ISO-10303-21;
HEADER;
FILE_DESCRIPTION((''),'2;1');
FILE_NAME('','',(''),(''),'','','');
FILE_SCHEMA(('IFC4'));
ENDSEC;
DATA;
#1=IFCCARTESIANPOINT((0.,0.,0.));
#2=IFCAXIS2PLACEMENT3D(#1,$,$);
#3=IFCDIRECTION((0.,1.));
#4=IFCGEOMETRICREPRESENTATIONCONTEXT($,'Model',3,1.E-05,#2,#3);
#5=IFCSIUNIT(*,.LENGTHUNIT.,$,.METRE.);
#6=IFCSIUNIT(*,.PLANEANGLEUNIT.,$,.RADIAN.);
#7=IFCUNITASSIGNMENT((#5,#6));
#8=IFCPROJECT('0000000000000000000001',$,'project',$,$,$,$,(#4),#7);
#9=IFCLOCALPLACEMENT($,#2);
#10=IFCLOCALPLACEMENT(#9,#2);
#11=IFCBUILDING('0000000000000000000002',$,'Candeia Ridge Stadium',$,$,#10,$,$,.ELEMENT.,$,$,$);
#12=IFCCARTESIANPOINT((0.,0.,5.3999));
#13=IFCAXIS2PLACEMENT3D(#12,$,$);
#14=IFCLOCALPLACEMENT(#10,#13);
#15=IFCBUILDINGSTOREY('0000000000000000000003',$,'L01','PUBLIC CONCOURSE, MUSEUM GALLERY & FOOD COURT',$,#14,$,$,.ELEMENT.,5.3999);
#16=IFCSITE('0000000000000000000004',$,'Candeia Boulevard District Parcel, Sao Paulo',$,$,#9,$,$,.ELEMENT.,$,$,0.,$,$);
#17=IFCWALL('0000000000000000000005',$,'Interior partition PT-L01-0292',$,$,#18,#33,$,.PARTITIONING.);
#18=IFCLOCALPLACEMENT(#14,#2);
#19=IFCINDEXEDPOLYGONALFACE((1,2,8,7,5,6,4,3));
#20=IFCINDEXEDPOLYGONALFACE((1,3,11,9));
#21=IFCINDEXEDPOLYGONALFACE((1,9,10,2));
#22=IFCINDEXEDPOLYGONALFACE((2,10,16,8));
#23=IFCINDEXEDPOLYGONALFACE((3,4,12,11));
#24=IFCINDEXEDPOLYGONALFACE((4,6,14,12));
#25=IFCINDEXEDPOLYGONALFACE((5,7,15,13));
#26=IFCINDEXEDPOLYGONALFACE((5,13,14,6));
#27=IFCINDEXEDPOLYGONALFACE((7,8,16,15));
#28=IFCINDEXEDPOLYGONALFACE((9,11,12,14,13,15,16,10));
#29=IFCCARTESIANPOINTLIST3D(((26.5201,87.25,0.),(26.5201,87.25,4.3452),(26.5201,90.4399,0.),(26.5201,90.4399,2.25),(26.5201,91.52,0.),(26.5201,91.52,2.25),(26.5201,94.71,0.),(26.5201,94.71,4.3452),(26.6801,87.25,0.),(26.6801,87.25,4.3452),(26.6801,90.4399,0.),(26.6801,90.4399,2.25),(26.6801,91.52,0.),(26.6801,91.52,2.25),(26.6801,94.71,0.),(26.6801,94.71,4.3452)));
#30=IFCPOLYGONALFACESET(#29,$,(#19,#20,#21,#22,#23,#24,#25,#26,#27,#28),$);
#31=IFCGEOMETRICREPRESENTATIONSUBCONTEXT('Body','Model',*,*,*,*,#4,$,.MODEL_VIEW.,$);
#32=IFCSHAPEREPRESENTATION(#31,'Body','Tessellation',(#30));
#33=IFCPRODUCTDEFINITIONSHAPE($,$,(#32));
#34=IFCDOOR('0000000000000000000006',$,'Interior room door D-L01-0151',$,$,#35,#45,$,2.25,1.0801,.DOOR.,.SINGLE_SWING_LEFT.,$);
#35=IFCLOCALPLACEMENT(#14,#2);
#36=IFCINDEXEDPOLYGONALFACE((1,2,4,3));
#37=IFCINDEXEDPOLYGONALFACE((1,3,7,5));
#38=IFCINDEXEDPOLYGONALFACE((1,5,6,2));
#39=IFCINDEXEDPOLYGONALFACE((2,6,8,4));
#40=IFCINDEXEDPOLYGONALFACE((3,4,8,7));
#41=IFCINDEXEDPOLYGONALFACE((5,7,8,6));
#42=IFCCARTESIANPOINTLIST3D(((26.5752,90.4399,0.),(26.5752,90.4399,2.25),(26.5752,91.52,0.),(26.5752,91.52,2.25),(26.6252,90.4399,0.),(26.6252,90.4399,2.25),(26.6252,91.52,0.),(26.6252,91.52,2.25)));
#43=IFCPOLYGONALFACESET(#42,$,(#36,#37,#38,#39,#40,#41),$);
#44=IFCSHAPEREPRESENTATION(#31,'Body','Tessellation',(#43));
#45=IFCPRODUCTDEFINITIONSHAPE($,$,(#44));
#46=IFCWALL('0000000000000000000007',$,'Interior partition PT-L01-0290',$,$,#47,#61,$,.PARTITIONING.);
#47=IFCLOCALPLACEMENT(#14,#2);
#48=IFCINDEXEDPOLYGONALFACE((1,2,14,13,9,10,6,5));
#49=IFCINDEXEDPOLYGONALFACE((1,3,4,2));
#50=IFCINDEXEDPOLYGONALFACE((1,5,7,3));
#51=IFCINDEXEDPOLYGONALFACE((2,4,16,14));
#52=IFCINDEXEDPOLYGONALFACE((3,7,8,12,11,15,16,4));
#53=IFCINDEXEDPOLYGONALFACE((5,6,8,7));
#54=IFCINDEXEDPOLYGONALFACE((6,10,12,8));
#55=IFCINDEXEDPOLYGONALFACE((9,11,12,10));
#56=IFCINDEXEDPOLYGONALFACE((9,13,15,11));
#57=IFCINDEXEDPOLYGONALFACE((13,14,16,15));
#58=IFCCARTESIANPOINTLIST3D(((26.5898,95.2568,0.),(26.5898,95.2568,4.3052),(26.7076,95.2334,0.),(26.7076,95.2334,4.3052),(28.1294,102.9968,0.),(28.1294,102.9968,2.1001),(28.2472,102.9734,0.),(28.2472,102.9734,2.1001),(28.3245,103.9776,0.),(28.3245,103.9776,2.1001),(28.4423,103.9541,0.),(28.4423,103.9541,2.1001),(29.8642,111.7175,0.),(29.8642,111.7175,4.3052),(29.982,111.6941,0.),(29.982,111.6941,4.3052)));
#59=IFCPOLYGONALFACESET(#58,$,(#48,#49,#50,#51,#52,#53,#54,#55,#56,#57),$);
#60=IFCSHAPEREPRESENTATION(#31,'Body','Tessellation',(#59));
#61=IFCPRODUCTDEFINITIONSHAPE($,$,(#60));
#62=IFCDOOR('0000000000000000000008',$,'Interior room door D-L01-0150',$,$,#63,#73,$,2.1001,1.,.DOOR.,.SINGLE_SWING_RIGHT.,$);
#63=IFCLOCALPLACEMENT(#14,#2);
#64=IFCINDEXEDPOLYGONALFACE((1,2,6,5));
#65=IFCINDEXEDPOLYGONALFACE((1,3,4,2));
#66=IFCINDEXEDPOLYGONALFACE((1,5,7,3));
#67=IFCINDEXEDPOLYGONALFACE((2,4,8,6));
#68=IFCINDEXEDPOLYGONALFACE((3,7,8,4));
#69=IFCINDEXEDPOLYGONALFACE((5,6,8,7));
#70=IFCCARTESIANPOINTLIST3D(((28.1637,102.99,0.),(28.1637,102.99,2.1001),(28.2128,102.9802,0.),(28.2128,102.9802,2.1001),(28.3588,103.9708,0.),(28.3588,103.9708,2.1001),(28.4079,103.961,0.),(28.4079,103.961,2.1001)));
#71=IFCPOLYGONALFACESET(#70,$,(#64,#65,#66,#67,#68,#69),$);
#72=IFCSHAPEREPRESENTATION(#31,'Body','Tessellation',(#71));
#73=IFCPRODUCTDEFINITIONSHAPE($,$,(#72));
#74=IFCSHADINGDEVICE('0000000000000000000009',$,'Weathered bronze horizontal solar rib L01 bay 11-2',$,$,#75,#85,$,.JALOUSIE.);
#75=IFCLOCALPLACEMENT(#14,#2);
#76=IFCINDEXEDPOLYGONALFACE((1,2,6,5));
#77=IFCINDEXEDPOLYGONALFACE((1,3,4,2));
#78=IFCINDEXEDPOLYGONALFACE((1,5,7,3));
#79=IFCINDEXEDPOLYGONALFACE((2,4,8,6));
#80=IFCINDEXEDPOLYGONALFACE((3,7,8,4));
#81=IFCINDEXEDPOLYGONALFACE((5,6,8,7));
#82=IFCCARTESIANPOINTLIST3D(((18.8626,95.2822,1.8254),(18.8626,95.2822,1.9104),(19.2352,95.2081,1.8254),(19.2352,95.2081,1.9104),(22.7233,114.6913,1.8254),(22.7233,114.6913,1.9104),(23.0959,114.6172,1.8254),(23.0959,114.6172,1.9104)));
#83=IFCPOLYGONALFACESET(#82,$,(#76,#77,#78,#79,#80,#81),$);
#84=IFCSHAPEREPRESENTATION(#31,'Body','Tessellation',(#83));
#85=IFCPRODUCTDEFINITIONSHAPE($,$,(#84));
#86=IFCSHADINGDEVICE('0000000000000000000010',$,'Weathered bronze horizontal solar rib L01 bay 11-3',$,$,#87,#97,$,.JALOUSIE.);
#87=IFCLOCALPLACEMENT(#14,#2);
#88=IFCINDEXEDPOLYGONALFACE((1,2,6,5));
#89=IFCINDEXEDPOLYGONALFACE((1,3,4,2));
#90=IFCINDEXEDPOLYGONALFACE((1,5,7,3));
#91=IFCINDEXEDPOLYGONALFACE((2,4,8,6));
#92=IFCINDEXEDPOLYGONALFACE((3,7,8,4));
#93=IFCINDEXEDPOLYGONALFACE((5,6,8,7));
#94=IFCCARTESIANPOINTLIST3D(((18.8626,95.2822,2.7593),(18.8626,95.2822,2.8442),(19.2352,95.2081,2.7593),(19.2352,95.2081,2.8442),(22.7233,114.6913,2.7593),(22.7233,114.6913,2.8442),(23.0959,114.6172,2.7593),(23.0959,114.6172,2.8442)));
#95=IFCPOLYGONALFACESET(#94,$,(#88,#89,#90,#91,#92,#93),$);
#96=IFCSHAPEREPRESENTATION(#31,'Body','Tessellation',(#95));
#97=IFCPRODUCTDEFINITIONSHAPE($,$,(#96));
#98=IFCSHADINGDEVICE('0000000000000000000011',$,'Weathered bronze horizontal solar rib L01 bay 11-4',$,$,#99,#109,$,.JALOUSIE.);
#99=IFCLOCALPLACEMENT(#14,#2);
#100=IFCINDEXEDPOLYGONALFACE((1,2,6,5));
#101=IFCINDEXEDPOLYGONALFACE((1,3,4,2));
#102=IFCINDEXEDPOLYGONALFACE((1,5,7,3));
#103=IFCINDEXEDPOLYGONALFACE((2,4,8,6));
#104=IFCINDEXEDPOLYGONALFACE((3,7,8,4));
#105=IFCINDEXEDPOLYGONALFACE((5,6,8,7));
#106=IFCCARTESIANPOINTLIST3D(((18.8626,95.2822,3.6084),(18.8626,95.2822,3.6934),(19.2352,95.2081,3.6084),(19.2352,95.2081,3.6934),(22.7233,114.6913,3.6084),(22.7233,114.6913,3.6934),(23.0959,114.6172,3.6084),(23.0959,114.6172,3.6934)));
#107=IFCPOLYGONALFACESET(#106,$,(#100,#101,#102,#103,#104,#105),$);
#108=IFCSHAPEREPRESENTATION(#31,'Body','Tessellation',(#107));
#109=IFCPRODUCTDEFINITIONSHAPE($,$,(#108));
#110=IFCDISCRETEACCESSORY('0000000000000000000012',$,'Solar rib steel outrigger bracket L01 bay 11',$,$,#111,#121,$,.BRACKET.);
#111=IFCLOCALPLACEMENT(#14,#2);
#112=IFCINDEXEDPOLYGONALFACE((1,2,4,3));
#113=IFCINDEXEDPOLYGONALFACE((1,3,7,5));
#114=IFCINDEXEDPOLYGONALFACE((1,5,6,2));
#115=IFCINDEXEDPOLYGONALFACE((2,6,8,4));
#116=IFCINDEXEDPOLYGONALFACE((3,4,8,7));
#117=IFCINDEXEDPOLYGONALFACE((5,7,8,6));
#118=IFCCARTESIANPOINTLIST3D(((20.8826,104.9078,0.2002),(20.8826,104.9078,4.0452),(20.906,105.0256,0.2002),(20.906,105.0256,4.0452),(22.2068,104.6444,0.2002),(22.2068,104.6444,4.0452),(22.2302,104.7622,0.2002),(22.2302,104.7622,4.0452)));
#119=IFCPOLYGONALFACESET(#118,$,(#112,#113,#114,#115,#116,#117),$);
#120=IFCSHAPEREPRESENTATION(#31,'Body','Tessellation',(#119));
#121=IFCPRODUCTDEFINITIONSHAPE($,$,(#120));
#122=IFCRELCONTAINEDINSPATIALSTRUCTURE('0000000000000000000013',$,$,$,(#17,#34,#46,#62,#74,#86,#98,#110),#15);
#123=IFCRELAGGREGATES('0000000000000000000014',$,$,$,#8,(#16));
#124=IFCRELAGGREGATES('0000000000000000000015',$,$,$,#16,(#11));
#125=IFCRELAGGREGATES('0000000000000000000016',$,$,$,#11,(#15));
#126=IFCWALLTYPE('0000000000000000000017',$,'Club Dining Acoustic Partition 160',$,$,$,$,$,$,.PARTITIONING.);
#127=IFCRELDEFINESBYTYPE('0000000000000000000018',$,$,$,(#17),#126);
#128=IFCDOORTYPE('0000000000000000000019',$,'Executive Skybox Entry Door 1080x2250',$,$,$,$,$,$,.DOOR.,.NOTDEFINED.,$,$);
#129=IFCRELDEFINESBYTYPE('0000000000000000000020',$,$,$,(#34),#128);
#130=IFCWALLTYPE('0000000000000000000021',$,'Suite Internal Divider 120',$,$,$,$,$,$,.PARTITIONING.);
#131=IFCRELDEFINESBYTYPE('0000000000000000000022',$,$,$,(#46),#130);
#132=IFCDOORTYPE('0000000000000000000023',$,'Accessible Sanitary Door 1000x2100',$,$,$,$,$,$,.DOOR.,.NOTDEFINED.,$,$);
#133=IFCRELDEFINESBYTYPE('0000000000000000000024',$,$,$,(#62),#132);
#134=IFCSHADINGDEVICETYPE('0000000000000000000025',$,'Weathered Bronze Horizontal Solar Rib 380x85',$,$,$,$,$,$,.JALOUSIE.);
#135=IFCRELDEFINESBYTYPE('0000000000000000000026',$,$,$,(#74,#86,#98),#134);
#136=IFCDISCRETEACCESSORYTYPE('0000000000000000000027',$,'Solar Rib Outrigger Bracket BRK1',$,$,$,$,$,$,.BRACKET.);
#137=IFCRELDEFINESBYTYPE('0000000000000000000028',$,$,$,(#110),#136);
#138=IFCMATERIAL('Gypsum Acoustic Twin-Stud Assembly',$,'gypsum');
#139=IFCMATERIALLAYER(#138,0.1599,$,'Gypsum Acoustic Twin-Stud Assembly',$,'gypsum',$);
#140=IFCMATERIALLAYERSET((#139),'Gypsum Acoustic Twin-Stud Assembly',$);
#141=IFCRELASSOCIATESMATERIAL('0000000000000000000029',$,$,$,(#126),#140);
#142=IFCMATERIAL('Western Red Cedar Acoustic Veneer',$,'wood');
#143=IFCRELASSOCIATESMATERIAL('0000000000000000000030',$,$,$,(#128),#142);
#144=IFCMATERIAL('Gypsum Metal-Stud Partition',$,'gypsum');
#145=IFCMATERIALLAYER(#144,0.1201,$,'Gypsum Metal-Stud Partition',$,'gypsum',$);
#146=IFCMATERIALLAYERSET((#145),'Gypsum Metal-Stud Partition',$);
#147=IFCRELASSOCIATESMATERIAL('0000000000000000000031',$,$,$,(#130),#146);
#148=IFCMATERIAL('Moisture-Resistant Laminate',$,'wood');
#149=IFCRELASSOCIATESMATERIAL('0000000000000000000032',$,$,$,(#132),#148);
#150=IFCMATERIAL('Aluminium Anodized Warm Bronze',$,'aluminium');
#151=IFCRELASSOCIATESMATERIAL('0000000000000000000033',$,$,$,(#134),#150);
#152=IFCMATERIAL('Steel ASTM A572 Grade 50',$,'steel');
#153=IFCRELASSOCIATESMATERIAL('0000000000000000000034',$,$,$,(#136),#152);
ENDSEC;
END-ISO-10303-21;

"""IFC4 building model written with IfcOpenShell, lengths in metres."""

from ifc_helpers import new_model, si_unit, direction, frame, frame_2d, origin, origin_2d, place, context, subcontext, project, spatial, rectangle, extrude, material, layer, layer_set, type_object, element, fill, save


model = new_model("IFC4")

# Units and contexts
model_context = context("Model", 3, precision=1e-05, world=origin(), true_north=direction((0.0, 1.0)))
body_context = subcontext(model_context, "Body", "Model", "MODEL_VIEW")
ifc_project = project(units=[si_unit("LENGTHUNIT", "METRE"), si_unit("PLANEANGLEUNIT", "RADIAN")], contexts=[model_context])

# Site, building, storey
site_placement = place(None, origin())
site = spatial("IfcSite", under=ifc_project, at=site_placement, Name="Candeia Boulevard District Parcel, Sao Paulo", CompositionType="ELEMENT", RefElevation=0.0)
building_placement = place(site_placement, origin())
building = spatial("IfcBuilding", under=site, at=building_placement, Name="Candeia Ridge Stadium", CompositionType="ELEMENT")
storey_placement = place(building_placement, frame((0.0, 0.0, 5.3999)))
storey = spatial("IfcBuildingStorey", under=building, at=storey_placement, Name="L01", Description="PUBLIC CONCOURSE, MUSEUM GALLERY & FOOD COURT", CompositionType="ELEMENT", Elevation=5.3999)

# Shared definitions
ifc_material_1 = material(Name="Aluminium Anodized Warm Bronze", Category="aluminium")

# Walls, openings, doors
ifc_material_2 = material(Name="Gypsum Acoustic Twin-Stud Assembly", Category="gypsum")
ifc_layer_1 = layer(ifc_material_2, 0.1599, Name="Gypsum Acoustic Twin-Stud Assembly", Category="gypsum")
ifc_layer_set_1 = layer_set([ifc_layer_1], Name="Gypsum Acoustic Twin-Stud Assembly")
wall_type_1 = type_object("IfcWallType", Name="Club Dining Acoustic Partition 160", PredefinedType="PARTITIONING", material=ifc_layer_set_1)
wall_1_placement = place(storey_placement, frame((26.6001, 87.25, 0.0), z_axis=(0.0, 0.0, 1.0), x_axis=(0.0, 1.0, 0.0)))
wall_1 = element("IfcWall", 1, at=wall_1_placement, inside=storey, type_object=wall_type_1, Name="Interior partition PT-L01-0292", PredefinedType="PARTITIONING", context=body_context, shape_type="SweptSolid", body=[
    extrude(rectangle(XDim=7.46, YDim=0.1599, at=frame_2d((3.73, 0.0))), origin(), (0.0, 0.0, 1.0), 4.3452),
])
opening_1_placement = place(wall_1_placement, frame((3.1899, 0.0, 0.0)))
opening_1 = element("IfcOpeningElement", 2, at=opening_1_placement, cuts=wall_1, PredefinedType="OPENING", context=body_context, shape_type="SweptSolid", body=[
    extrude(rectangle(XDim=1.0801, YDim=2.25, at=frame_2d((0.54, 1.125))), frame((0.0, 0.0898, 0.0), z_axis=(0.0, -1.0, 0.0), x_axis=(1.0, 0.0, 0.0)), (0.0, 0.0, 1.0), 0.1799),
])
ifc_material_3 = material(Name="Western Red Cedar Acoustic Veneer", Category="wood")
door_type_1 = type_object("IfcDoorType", Name="Executive Skybox Entry Door 1080x2250", OperationType="NOTDEFINED", PredefinedType="DOOR", material=ifc_material_3)
door_1_placement = place(opening_1_placement, origin())
door_1 = element("IfcDoor", 3, at=door_1_placement, inside=storey, type_object=door_type_1, Name="Interior room door D-L01-0151", OperationType="SINGLE_SWING_LEFT", OverallHeight=2.25, OverallWidth=1.0801, PredefinedType="DOOR", context=body_context, shape_type="SweptSolid", body=[
    extrude(rectangle(XDim=1.0801, YDim=2.25, at=frame_2d((0.54, 1.125))), frame((0.0, 0.0249, 0.0), z_axis=(0.0, -1.0, 0.0), x_axis=(1.0, 0.0, 0.0)), (0.0, 0.0, 1.0), 0.05),
])
fill(opening_1, door_1)
ifc_material_4 = material(Name="Gypsum Metal-Stud Partition", Category="gypsum")
ifc_layer_2 = layer(ifc_material_4, 0.1201, Name="Gypsum Metal-Stud Partition", Category="gypsum")
ifc_layer_set_2 = layer_set([ifc_layer_2], Name="Gypsum Metal-Stud Partition")
wall_type_2 = type_object("IfcWallType", Name="Suite Internal Divider 120", PredefinedType="PARTITIONING", material=ifc_layer_set_2)
wall_2_placement = place(storey_placement, frame((26.6487, 95.2451, 0.0), z_axis=(0.0, 0.0, 1.0), x_axis=(0.195101, 0.980783, 0.0)))
wall_2 = element("IfcWall", 4, at=wall_2_placement, inside=storey, type_object=wall_type_2, Name="Interior partition PT-L01-0290", PredefinedType="PARTITIONING", context=body_context, shape_type="SweptSolid", body=[
    extrude(rectangle(XDim=16.7832, YDim=0.1201, at=frame_2d((8.3916, 0.0))), origin(), (0.0, 0.0, 1.0), 4.3052),
])
opening_2_placement = place(wall_2_placement, frame((7.8916, 0.0, 0.0)))
opening_2 = element("IfcOpeningElement", 5, at=opening_2_placement, cuts=wall_2, PredefinedType="OPENING", context=body_context, shape_type="SweptSolid", body=[
    extrude(rectangle(XDim=1.0, YDim=2.1001, at=frame_2d((0.5, 1.05))), frame((0.0, 0.0701, 0.0), z_axis=(0.0, -1.0, 0.0), x_axis=(1.0, 0.0, 0.0)), (0.0, 0.0, 1.0), 0.1401),
])
ifc_material_5 = material(Name="Moisture-Resistant Laminate", Category="wood")
door_type_2 = type_object("IfcDoorType", Name="Accessible Sanitary Door 1000x2100", OperationType="NOTDEFINED", PredefinedType="DOOR", material=ifc_material_5)
door_2_placement = place(opening_2_placement, frame((1.0, 0.0, 0.0), z_axis=(0.0, 0.0, 1.0), x_axis=(-1.0, 0.0, 0.0)))
door_2 = element("IfcDoor", 6, at=door_2_placement, inside=storey, type_object=door_type_2, Name="Interior room door D-L01-0150", OperationType="SINGLE_SWING_RIGHT", OverallHeight=2.1001, OverallWidth=1.0, PredefinedType="DOOR", context=body_context, shape_type="SweptSolid", body=[
    extrude(rectangle(XDim=1.0, YDim=2.1001, at=frame_2d((0.5, 1.05))), frame((0.0, 0.0249, 0.0), z_axis=(0.0, -1.0, 0.0), x_axis=(1.0, 0.0, 0.0)), (0.0, 0.0, 1.0), 0.05),
])
fill(opening_2, door_2)

# Shading devices
shading_device_type = type_object("IfcShadingDeviceType", Name="Weathered Bronze Horizontal Solar Rib 380x85", PredefinedType="JALOUSIE", material=ifc_material_1)
for number, where, z_axis, x_axis, name in (
    (7, (20.9792, 104.9497, 1.8254), (0.0, 0.0, 1.0), (-0.19509, -0.980785, 0.0), "Weathered bronze horizontal solar rib L01 bay 11-2"),
    (8, (20.9792, 104.9497, 2.7593), (0.0, 0.0, 1.0), (-0.19509, -0.980785, 0.0), "Weathered bronze horizontal solar rib L01 bay 11-3"),
    (9, (20.9792, 104.9497, 3.6084), (0.0, 0.0, 1.0), (-0.19509, -0.980785, 0.0), "Weathered bronze horizontal solar rib L01 bay 11-4"),
):
    element("IfcShadingDevice", number, at=place(storey_placement, frame(where, z_axis=z_axis, x_axis=x_axis)), inside=storey, type_object=shading_device_type, Name=name, PredefinedType="JALOUSIE", context=body_context, shape_type="SweptSolid", body=[
        extrude(rectangle(XDim=19.7893, YDim=0.3799, at=origin_2d()), origin(), (0.0, 0.0, 1.0), 0.085),
    ])

# Discrete accessory
ifc_material_6 = material(Name="Steel ASTM A572 Grade 50", Category="steel")
discrete_accessory_type = type_object("IfcDiscreteAccessoryType", Name="Solar Rib Outrigger Bracket BRK1", PredefinedType="BRACKET", material=ifc_material_6)
discrete_accessory_placement = place(storey_placement, frame((21.5564, 104.835, 0.2002), z_axis=(0.0, 0.0, 1.0), x_axis=(-0.980785, 0.19509, 0.0)))
element("IfcDiscreteAccessory", 10, at=discrete_accessory_placement, inside=storey, type_object=discrete_accessory_type, Name="Solar rib steel outrigger bracket L01 bay 11", PredefinedType="BRACKET", context=body_context, shape_type="SweptSolid", body=[
    extrude(rectangle(XDim=1.3501, YDim=0.1201, at=origin_2d()), origin(), (0.0, 0.0, 1.0), 3.845),
])

save(model, "model.ifc")
